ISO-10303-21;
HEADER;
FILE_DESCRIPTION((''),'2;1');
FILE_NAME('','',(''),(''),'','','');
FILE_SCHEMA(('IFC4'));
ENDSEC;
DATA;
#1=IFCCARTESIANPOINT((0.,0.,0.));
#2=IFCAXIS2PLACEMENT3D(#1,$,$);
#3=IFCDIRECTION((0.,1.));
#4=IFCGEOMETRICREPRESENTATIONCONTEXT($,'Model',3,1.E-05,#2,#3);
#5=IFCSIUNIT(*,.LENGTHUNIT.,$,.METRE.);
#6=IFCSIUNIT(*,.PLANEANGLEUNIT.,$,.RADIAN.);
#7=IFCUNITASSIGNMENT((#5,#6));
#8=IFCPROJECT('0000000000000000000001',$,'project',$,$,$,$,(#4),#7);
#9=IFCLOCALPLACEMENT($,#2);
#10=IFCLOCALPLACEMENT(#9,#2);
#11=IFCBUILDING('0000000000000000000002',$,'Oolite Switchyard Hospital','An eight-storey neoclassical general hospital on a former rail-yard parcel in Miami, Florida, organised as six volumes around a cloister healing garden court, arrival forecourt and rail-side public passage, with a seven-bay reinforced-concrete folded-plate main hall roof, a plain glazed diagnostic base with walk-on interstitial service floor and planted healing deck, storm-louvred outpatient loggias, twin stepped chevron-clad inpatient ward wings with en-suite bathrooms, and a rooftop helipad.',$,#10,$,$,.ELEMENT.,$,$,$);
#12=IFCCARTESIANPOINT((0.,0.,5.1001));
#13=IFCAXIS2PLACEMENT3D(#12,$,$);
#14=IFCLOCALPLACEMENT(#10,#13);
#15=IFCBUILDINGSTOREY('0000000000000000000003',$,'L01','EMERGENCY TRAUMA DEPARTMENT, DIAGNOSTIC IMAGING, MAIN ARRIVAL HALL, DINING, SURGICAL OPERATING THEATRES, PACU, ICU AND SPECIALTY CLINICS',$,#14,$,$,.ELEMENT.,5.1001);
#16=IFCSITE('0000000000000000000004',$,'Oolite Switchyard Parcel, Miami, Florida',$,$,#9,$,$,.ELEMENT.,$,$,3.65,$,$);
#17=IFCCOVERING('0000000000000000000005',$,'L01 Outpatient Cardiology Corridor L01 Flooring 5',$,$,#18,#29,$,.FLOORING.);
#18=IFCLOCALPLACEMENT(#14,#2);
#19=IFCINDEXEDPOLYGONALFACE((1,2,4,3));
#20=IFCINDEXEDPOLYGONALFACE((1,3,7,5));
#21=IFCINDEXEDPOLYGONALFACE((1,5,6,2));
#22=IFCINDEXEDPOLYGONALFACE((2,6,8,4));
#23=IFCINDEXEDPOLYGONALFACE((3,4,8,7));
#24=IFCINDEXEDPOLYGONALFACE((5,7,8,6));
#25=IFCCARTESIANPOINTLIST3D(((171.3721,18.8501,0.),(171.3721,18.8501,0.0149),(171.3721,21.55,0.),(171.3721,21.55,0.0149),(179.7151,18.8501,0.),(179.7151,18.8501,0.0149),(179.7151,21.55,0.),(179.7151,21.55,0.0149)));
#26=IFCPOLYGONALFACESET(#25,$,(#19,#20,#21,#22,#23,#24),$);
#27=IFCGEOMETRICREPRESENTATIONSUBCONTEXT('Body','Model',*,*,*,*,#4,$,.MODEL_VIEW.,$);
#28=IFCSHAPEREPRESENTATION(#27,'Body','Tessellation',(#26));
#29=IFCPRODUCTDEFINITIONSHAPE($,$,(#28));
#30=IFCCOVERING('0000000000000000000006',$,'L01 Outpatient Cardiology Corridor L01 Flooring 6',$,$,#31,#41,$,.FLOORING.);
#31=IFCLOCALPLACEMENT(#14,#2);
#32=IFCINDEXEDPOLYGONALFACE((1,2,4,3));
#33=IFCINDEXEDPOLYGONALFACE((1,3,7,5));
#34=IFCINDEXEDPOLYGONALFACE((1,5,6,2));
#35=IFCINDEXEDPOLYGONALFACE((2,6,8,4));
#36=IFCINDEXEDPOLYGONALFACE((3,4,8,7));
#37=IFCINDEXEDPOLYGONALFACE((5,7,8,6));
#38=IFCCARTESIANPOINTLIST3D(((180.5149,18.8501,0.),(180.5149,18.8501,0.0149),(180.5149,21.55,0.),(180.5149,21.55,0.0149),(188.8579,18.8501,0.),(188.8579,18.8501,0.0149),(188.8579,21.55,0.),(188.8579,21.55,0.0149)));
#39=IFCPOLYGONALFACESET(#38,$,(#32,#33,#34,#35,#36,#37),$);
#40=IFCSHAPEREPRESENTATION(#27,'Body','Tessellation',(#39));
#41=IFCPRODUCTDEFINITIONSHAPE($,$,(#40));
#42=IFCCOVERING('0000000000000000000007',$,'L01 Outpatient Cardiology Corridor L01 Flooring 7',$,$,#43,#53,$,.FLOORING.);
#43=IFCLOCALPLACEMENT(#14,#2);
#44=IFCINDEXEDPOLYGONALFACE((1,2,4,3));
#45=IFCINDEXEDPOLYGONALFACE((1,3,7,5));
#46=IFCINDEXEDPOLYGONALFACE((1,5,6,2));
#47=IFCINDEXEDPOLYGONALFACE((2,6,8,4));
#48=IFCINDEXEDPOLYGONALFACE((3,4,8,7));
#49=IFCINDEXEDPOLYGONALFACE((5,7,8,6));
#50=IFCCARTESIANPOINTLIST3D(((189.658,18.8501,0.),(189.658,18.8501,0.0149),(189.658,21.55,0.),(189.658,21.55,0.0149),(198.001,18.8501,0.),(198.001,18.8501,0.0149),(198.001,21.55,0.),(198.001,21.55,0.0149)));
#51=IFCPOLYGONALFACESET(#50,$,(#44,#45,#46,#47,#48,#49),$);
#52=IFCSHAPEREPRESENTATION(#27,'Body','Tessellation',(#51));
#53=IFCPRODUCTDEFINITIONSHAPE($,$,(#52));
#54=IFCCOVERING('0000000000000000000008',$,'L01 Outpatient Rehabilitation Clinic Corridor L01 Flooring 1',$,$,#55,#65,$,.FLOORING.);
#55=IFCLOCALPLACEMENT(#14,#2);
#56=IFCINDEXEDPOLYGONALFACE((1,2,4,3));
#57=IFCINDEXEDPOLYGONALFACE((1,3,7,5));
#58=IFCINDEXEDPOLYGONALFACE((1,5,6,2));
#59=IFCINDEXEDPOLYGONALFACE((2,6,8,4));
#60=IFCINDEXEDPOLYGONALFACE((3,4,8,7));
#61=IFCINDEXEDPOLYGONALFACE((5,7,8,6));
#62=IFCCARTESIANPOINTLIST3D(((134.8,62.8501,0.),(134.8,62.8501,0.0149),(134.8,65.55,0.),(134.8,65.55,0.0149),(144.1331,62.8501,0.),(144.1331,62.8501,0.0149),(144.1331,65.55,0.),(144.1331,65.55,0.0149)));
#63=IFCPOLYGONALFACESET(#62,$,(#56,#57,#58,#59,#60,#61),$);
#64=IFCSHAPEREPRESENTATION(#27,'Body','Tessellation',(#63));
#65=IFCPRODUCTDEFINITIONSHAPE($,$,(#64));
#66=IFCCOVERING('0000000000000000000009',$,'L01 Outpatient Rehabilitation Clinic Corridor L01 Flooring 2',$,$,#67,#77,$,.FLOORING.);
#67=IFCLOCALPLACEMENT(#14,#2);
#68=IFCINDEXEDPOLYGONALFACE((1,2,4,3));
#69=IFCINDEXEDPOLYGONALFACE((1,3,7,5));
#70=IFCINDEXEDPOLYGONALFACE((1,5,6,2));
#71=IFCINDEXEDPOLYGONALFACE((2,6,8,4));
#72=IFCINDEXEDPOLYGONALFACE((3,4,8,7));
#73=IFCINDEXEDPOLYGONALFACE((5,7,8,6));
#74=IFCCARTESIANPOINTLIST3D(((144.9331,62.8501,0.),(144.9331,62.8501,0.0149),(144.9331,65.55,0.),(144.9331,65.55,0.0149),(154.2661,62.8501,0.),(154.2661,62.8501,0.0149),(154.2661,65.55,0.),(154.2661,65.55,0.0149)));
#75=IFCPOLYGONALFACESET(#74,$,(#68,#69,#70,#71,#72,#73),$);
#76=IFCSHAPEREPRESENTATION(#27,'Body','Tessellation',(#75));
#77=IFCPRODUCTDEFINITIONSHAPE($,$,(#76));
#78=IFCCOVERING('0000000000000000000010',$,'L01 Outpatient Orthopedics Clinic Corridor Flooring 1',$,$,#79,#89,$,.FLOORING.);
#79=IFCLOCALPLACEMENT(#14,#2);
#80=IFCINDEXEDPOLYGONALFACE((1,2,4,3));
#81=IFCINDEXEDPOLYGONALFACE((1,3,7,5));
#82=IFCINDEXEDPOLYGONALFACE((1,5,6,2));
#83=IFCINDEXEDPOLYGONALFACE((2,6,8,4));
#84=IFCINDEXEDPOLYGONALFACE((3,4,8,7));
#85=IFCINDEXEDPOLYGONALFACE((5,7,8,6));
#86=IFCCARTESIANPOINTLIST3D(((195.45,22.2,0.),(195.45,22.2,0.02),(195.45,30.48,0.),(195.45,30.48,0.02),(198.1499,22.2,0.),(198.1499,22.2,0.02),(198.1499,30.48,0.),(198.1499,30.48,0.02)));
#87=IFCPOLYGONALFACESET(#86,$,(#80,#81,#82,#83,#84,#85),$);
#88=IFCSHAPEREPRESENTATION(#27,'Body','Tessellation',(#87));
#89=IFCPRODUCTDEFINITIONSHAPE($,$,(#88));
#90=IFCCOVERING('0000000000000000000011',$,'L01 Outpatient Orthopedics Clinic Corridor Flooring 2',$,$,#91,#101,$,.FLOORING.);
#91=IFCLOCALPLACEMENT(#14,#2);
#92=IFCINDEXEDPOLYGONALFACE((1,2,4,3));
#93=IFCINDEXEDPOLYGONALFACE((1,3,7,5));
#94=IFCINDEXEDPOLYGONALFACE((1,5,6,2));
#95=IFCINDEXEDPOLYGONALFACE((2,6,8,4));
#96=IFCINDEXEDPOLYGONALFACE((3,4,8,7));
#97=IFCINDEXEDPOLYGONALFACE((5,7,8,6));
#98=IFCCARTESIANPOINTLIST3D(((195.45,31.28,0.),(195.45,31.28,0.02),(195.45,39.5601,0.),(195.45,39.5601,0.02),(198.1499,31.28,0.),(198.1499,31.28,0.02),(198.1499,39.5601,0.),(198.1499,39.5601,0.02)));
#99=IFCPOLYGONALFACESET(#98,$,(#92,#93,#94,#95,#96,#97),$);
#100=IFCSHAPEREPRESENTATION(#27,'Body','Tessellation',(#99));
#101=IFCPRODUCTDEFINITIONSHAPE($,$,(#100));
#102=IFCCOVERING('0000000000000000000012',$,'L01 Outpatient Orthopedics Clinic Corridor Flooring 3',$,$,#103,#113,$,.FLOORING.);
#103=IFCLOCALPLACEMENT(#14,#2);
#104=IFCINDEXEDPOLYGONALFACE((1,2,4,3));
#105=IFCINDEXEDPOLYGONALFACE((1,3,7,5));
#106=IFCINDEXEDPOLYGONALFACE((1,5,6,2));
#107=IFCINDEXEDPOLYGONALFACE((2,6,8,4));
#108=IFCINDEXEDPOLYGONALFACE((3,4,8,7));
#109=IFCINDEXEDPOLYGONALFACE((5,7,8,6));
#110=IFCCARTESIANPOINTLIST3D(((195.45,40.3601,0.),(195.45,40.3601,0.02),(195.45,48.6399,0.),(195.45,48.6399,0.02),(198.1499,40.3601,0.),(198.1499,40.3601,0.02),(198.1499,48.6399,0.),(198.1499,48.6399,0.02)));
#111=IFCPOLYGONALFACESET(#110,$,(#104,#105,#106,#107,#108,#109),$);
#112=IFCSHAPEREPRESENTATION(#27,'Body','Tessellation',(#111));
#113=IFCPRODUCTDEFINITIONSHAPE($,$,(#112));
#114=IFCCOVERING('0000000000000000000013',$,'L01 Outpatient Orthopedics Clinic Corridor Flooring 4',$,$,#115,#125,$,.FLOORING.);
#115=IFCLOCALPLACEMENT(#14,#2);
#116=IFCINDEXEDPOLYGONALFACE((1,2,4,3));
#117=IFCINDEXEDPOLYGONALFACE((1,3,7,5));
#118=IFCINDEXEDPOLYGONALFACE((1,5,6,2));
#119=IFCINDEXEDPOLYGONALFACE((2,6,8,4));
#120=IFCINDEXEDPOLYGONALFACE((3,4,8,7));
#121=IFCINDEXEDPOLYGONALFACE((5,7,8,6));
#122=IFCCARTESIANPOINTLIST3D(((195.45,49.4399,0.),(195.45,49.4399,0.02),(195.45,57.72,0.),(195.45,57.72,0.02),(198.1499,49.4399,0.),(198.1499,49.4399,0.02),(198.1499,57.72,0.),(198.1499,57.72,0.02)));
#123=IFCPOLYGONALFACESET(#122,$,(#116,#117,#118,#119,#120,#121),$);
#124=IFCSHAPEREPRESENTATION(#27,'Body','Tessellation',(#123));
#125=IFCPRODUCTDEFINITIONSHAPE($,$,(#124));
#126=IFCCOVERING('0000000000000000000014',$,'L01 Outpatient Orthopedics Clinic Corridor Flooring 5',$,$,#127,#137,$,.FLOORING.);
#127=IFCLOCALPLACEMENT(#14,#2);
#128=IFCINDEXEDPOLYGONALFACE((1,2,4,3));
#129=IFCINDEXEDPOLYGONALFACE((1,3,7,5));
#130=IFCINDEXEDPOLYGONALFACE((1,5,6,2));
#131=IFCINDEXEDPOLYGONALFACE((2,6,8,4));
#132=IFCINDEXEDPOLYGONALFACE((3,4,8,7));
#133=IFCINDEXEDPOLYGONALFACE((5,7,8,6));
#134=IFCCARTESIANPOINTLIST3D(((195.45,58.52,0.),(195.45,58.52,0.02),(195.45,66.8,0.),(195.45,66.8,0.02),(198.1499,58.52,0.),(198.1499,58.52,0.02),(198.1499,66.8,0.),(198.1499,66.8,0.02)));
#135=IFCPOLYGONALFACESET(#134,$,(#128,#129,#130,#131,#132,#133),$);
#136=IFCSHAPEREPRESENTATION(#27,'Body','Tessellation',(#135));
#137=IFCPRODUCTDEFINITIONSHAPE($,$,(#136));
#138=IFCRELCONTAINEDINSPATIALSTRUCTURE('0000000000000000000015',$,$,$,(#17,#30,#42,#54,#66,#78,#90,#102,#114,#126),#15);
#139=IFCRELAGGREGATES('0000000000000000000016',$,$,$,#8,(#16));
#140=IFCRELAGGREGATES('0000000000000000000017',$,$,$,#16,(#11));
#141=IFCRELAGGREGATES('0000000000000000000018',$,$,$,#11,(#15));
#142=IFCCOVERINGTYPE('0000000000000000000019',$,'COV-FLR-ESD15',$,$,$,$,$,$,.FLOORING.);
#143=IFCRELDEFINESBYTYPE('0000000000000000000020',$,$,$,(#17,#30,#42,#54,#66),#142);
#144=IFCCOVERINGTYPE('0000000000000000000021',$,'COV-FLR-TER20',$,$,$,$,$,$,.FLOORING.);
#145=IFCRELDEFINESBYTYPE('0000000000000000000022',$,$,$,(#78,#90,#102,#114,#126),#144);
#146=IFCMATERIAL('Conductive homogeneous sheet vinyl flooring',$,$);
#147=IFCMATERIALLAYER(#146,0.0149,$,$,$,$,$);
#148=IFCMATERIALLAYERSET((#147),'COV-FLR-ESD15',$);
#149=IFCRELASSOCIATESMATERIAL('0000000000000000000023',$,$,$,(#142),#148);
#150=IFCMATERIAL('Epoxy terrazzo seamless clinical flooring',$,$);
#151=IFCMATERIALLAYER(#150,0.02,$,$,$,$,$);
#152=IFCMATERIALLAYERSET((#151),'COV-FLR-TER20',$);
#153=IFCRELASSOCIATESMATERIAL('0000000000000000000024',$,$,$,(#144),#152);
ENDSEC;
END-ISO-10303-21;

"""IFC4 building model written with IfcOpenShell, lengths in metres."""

from ifc_helpers import new_model, si_unit, direction, frame, origin, place, context, subcontext, project, spatial, polyline, outline, extrude, material, layer, layer_set, type_object, element, save


model = new_model("IFC4")

# Units and contexts
model_context = context("Model", 3, precision=1e-05, world=origin(), true_north=direction((0.0, 1.0)))
body_context = subcontext(model_context, "Body", "Model", "MODEL_VIEW")
ifc_project = project(units=[si_unit("LENGTHUNIT", "METRE"), si_unit("PLANEANGLEUNIT", "RADIAN")], contexts=[model_context])

# Site, building, storey
site_placement = place(None, origin())
site = spatial("IfcSite", under=ifc_project, at=site_placement, Name="Oolite Switchyard Parcel, Miami, Florida", CompositionType="ELEMENT", RefElevation=3.65)
building_placement = place(site_placement, origin())
building = spatial("IfcBuilding", under=site, at=building_placement, Name="Oolite Switchyard Hospital", Description="An eight-storey neoclassical general hospital on a former rail-yard parcel in Miami, Florida, organised as six volumes around a cloister healing garden court, arrival forecourt and rail-side public passage, with a seven-bay reinforced-concrete folded-plate main hall roof, a plain glazed diagnostic base with walk-on interstitial service floor and planted healing deck, storm-louvred outpatient loggias, twin stepped chevron-clad inpatient ward wings with en-suite bathrooms, and a rooftop helipad.", CompositionType="ELEMENT")
storey_placement = place(building_placement, frame((0.0, 0.0, 5.1001)))
storey = spatial("IfcBuildingStorey", under=building, at=storey_placement, Name="L01", Description="EMERGENCY TRAUMA DEPARTMENT, DIAGNOSTIC IMAGING, MAIN ARRIVAL HALL, DINING, SURGICAL OPERATING THEATRES, PACU, ICU AND SPECIALTY CLINICS", CompositionType="ELEMENT", Elevation=5.1001)

# Coverings
ifc_material_1 = material(Name="Conductive homogeneous sheet vinyl flooring")
ifc_layer_1 = layer(ifc_material_1, 0.0149)
ifc_layer_set_1 = layer_set([ifc_layer_1], Name="COV-FLR-ESD15")
covering_type_1 = type_object("IfcCoveringType", Name="COV-FLR-ESD15", PredefinedType="FLOORING", material=ifc_layer_set_1)
covering_1_placement = place(storey_placement, origin())
element("IfcCovering", 1, at=covering_1_placement, inside=storey, type_object=covering_type_1, Name="L01 Outpatient Cardiology Corridor L01 Flooring 5", PredefinedType="FLOORING", context=body_context, shape_type="SweptSolid", body=[
    extrude(outline(polyline([(171.3721, 18.8501), (179.7151, 18.8501), (179.7151, 21.55), (171.3721, 21.55), (171.3721, 18.8501)])), origin(), (0.0, 0.0, 1.0), 0.0149),
])
covering_2_placement = place(storey_placement, origin())
element("IfcCovering", 2, at=covering_2_placement, inside=storey, type_object=covering_type_1, Name="L01 Outpatient Cardiology Corridor L01 Flooring 6", PredefinedType="FLOORING", context=body_context, shape_type="SweptSolid", body=[
    extrude(outline(polyline([(180.5149, 18.8501), (188.8579, 18.8501), (188.8579, 21.55), (180.5149, 21.55), (180.5149, 18.8501)])), origin(), (0.0, 0.0, 1.0), 0.0149),
])
covering_3_placement = place(storey_placement, origin())
element("IfcCovering", 3, at=covering_3_placement, inside=storey, type_object=covering_type_1, Name="L01 Outpatient Cardiology Corridor L01 Flooring 7", PredefinedType="FLOORING", context=body_context, shape_type="SweptSolid", body=[
    extrude(outline(polyline([(189.658, 18.8501), (198.001, 18.8501), (198.001, 21.55), (189.658, 21.55), (189.658, 18.8501)])), origin(), (0.0, 0.0, 1.0), 0.0149),
])
covering_4_placement = place(storey_placement, origin())
element("IfcCovering", 4, at=covering_4_placement, inside=storey, type_object=covering_type_1, Name="L01 Outpatient Rehabilitation Clinic Corridor L01 Flooring 1", PredefinedType="FLOORING", context=body_context, shape_type="SweptSolid", body=[
    extrude(outline(polyline([(134.8, 62.8501), (144.1331, 62.8501), (144.1331, 65.55), (134.8, 65.55), (134.8, 62.8501)])), origin(), (0.0, 0.0, 1.0), 0.0149),
])
covering_5_placement = place(storey_placement, origin())
element("IfcCovering", 5, at=covering_5_placement, inside=storey, type_object=covering_type_1, Name="L01 Outpatient Rehabilitation Clinic Corridor L01 Flooring 2", PredefinedType="FLOORING", context=body_context, shape_type="SweptSolid", body=[
    extrude(outline(polyline([(144.9331, 62.8501), (154.2661, 62.8501), (154.2661, 65.55), (144.9331, 65.55), (144.9331, 62.8501)])), origin(), (0.0, 0.0, 1.0), 0.0149),
])
ifc_material_2 = material(Name="Epoxy terrazzo seamless clinical flooring")
ifc_layer_2 = layer(ifc_material_2, 0.02)
ifc_layer_set_2 = layer_set([ifc_layer_2], Name="COV-FLR-TER20")
covering_type_2 = type_object("IfcCoveringType", Name="COV-FLR-TER20", PredefinedType="FLOORING", material=ifc_layer_set_2)
covering_6_placement = place(storey_placement, origin())
element("IfcCovering", 6, at=covering_6_placement, inside=storey, type_object=covering_type_2, Name="L01 Outpatient Orthopedics Clinic Corridor Flooring 1", PredefinedType="FLOORING", context=body_context, shape_type="SweptSolid", body=[
    extrude(outline(polyline([(195.45, 22.2), (198.1499, 22.2), (198.1499, 30.48), (195.45, 30.48), (195.45, 22.2)])), origin(), (0.0, 0.0, 1.0), 0.02),
])
covering_7_placement = place(storey_placement, origin())
element("IfcCovering", 7, at=covering_7_placement, inside=storey, type_object=covering_type_2, Name="L01 Outpatient Orthopedics Clinic Corridor Flooring 2", PredefinedType="FLOORING", context=body_context, shape_type="SweptSolid", body=[
    extrude(outline(polyline([(195.45, 31.28), (198.1499, 31.28), (198.1499, 39.5601), (195.45, 39.5601), (195.45, 31.28)])), origin(), (0.0, 0.0, 1.0), 0.02),
])
covering_8_placement = place(storey_placement, origin())
element("IfcCovering", 8, at=covering_8_placement, inside=storey, type_object=covering_type_2, Name="L01 Outpatient Orthopedics Clinic Corridor Flooring 3", PredefinedType="FLOORING", context=body_context, shape_type="SweptSolid", body=[
    extrude(outline(polyline([(195.45, 40.3601), (198.1499, 40.3601), (198.1499, 48.6399), (195.45, 48.6399), (195.45, 40.3601)])), origin(), (0.0, 0.0, 1.0), 0.02),
])
covering_9_placement = place(storey_placement, origin())
element("IfcCovering", 9, at=covering_9_placement, inside=storey, type_object=covering_type_2, Name="L01 Outpatient Orthopedics Clinic Corridor Flooring 4", PredefinedType="FLOORING", context=body_context, shape_type="SweptSolid", body=[
    extrude(outline(polyline([(195.45, 49.4399), (198.1499, 49.4399), (198.1499, 57.72), (195.45, 57.72), (195.45, 49.4399)])), origin(), (0.0, 0.0, 1.0), 0.02),
])
covering_10_placement = place(storey_placement, origin())
element("IfcCovering", 10, at=covering_10_placement, inside=storey, type_object=covering_type_2, Name="L01 Outpatient Orthopedics Clinic Corridor Flooring 5", PredefinedType="FLOORING", context=body_context, shape_type="SweptSolid", body=[
    extrude(outline(polyline([(195.45, 58.52), (198.1499, 58.52), (198.1499, 66.8), (195.45, 66.8), (195.45, 58.52)])), origin(), (0.0, 0.0, 1.0), 0.02),
])

save(model, "model.ifc")
